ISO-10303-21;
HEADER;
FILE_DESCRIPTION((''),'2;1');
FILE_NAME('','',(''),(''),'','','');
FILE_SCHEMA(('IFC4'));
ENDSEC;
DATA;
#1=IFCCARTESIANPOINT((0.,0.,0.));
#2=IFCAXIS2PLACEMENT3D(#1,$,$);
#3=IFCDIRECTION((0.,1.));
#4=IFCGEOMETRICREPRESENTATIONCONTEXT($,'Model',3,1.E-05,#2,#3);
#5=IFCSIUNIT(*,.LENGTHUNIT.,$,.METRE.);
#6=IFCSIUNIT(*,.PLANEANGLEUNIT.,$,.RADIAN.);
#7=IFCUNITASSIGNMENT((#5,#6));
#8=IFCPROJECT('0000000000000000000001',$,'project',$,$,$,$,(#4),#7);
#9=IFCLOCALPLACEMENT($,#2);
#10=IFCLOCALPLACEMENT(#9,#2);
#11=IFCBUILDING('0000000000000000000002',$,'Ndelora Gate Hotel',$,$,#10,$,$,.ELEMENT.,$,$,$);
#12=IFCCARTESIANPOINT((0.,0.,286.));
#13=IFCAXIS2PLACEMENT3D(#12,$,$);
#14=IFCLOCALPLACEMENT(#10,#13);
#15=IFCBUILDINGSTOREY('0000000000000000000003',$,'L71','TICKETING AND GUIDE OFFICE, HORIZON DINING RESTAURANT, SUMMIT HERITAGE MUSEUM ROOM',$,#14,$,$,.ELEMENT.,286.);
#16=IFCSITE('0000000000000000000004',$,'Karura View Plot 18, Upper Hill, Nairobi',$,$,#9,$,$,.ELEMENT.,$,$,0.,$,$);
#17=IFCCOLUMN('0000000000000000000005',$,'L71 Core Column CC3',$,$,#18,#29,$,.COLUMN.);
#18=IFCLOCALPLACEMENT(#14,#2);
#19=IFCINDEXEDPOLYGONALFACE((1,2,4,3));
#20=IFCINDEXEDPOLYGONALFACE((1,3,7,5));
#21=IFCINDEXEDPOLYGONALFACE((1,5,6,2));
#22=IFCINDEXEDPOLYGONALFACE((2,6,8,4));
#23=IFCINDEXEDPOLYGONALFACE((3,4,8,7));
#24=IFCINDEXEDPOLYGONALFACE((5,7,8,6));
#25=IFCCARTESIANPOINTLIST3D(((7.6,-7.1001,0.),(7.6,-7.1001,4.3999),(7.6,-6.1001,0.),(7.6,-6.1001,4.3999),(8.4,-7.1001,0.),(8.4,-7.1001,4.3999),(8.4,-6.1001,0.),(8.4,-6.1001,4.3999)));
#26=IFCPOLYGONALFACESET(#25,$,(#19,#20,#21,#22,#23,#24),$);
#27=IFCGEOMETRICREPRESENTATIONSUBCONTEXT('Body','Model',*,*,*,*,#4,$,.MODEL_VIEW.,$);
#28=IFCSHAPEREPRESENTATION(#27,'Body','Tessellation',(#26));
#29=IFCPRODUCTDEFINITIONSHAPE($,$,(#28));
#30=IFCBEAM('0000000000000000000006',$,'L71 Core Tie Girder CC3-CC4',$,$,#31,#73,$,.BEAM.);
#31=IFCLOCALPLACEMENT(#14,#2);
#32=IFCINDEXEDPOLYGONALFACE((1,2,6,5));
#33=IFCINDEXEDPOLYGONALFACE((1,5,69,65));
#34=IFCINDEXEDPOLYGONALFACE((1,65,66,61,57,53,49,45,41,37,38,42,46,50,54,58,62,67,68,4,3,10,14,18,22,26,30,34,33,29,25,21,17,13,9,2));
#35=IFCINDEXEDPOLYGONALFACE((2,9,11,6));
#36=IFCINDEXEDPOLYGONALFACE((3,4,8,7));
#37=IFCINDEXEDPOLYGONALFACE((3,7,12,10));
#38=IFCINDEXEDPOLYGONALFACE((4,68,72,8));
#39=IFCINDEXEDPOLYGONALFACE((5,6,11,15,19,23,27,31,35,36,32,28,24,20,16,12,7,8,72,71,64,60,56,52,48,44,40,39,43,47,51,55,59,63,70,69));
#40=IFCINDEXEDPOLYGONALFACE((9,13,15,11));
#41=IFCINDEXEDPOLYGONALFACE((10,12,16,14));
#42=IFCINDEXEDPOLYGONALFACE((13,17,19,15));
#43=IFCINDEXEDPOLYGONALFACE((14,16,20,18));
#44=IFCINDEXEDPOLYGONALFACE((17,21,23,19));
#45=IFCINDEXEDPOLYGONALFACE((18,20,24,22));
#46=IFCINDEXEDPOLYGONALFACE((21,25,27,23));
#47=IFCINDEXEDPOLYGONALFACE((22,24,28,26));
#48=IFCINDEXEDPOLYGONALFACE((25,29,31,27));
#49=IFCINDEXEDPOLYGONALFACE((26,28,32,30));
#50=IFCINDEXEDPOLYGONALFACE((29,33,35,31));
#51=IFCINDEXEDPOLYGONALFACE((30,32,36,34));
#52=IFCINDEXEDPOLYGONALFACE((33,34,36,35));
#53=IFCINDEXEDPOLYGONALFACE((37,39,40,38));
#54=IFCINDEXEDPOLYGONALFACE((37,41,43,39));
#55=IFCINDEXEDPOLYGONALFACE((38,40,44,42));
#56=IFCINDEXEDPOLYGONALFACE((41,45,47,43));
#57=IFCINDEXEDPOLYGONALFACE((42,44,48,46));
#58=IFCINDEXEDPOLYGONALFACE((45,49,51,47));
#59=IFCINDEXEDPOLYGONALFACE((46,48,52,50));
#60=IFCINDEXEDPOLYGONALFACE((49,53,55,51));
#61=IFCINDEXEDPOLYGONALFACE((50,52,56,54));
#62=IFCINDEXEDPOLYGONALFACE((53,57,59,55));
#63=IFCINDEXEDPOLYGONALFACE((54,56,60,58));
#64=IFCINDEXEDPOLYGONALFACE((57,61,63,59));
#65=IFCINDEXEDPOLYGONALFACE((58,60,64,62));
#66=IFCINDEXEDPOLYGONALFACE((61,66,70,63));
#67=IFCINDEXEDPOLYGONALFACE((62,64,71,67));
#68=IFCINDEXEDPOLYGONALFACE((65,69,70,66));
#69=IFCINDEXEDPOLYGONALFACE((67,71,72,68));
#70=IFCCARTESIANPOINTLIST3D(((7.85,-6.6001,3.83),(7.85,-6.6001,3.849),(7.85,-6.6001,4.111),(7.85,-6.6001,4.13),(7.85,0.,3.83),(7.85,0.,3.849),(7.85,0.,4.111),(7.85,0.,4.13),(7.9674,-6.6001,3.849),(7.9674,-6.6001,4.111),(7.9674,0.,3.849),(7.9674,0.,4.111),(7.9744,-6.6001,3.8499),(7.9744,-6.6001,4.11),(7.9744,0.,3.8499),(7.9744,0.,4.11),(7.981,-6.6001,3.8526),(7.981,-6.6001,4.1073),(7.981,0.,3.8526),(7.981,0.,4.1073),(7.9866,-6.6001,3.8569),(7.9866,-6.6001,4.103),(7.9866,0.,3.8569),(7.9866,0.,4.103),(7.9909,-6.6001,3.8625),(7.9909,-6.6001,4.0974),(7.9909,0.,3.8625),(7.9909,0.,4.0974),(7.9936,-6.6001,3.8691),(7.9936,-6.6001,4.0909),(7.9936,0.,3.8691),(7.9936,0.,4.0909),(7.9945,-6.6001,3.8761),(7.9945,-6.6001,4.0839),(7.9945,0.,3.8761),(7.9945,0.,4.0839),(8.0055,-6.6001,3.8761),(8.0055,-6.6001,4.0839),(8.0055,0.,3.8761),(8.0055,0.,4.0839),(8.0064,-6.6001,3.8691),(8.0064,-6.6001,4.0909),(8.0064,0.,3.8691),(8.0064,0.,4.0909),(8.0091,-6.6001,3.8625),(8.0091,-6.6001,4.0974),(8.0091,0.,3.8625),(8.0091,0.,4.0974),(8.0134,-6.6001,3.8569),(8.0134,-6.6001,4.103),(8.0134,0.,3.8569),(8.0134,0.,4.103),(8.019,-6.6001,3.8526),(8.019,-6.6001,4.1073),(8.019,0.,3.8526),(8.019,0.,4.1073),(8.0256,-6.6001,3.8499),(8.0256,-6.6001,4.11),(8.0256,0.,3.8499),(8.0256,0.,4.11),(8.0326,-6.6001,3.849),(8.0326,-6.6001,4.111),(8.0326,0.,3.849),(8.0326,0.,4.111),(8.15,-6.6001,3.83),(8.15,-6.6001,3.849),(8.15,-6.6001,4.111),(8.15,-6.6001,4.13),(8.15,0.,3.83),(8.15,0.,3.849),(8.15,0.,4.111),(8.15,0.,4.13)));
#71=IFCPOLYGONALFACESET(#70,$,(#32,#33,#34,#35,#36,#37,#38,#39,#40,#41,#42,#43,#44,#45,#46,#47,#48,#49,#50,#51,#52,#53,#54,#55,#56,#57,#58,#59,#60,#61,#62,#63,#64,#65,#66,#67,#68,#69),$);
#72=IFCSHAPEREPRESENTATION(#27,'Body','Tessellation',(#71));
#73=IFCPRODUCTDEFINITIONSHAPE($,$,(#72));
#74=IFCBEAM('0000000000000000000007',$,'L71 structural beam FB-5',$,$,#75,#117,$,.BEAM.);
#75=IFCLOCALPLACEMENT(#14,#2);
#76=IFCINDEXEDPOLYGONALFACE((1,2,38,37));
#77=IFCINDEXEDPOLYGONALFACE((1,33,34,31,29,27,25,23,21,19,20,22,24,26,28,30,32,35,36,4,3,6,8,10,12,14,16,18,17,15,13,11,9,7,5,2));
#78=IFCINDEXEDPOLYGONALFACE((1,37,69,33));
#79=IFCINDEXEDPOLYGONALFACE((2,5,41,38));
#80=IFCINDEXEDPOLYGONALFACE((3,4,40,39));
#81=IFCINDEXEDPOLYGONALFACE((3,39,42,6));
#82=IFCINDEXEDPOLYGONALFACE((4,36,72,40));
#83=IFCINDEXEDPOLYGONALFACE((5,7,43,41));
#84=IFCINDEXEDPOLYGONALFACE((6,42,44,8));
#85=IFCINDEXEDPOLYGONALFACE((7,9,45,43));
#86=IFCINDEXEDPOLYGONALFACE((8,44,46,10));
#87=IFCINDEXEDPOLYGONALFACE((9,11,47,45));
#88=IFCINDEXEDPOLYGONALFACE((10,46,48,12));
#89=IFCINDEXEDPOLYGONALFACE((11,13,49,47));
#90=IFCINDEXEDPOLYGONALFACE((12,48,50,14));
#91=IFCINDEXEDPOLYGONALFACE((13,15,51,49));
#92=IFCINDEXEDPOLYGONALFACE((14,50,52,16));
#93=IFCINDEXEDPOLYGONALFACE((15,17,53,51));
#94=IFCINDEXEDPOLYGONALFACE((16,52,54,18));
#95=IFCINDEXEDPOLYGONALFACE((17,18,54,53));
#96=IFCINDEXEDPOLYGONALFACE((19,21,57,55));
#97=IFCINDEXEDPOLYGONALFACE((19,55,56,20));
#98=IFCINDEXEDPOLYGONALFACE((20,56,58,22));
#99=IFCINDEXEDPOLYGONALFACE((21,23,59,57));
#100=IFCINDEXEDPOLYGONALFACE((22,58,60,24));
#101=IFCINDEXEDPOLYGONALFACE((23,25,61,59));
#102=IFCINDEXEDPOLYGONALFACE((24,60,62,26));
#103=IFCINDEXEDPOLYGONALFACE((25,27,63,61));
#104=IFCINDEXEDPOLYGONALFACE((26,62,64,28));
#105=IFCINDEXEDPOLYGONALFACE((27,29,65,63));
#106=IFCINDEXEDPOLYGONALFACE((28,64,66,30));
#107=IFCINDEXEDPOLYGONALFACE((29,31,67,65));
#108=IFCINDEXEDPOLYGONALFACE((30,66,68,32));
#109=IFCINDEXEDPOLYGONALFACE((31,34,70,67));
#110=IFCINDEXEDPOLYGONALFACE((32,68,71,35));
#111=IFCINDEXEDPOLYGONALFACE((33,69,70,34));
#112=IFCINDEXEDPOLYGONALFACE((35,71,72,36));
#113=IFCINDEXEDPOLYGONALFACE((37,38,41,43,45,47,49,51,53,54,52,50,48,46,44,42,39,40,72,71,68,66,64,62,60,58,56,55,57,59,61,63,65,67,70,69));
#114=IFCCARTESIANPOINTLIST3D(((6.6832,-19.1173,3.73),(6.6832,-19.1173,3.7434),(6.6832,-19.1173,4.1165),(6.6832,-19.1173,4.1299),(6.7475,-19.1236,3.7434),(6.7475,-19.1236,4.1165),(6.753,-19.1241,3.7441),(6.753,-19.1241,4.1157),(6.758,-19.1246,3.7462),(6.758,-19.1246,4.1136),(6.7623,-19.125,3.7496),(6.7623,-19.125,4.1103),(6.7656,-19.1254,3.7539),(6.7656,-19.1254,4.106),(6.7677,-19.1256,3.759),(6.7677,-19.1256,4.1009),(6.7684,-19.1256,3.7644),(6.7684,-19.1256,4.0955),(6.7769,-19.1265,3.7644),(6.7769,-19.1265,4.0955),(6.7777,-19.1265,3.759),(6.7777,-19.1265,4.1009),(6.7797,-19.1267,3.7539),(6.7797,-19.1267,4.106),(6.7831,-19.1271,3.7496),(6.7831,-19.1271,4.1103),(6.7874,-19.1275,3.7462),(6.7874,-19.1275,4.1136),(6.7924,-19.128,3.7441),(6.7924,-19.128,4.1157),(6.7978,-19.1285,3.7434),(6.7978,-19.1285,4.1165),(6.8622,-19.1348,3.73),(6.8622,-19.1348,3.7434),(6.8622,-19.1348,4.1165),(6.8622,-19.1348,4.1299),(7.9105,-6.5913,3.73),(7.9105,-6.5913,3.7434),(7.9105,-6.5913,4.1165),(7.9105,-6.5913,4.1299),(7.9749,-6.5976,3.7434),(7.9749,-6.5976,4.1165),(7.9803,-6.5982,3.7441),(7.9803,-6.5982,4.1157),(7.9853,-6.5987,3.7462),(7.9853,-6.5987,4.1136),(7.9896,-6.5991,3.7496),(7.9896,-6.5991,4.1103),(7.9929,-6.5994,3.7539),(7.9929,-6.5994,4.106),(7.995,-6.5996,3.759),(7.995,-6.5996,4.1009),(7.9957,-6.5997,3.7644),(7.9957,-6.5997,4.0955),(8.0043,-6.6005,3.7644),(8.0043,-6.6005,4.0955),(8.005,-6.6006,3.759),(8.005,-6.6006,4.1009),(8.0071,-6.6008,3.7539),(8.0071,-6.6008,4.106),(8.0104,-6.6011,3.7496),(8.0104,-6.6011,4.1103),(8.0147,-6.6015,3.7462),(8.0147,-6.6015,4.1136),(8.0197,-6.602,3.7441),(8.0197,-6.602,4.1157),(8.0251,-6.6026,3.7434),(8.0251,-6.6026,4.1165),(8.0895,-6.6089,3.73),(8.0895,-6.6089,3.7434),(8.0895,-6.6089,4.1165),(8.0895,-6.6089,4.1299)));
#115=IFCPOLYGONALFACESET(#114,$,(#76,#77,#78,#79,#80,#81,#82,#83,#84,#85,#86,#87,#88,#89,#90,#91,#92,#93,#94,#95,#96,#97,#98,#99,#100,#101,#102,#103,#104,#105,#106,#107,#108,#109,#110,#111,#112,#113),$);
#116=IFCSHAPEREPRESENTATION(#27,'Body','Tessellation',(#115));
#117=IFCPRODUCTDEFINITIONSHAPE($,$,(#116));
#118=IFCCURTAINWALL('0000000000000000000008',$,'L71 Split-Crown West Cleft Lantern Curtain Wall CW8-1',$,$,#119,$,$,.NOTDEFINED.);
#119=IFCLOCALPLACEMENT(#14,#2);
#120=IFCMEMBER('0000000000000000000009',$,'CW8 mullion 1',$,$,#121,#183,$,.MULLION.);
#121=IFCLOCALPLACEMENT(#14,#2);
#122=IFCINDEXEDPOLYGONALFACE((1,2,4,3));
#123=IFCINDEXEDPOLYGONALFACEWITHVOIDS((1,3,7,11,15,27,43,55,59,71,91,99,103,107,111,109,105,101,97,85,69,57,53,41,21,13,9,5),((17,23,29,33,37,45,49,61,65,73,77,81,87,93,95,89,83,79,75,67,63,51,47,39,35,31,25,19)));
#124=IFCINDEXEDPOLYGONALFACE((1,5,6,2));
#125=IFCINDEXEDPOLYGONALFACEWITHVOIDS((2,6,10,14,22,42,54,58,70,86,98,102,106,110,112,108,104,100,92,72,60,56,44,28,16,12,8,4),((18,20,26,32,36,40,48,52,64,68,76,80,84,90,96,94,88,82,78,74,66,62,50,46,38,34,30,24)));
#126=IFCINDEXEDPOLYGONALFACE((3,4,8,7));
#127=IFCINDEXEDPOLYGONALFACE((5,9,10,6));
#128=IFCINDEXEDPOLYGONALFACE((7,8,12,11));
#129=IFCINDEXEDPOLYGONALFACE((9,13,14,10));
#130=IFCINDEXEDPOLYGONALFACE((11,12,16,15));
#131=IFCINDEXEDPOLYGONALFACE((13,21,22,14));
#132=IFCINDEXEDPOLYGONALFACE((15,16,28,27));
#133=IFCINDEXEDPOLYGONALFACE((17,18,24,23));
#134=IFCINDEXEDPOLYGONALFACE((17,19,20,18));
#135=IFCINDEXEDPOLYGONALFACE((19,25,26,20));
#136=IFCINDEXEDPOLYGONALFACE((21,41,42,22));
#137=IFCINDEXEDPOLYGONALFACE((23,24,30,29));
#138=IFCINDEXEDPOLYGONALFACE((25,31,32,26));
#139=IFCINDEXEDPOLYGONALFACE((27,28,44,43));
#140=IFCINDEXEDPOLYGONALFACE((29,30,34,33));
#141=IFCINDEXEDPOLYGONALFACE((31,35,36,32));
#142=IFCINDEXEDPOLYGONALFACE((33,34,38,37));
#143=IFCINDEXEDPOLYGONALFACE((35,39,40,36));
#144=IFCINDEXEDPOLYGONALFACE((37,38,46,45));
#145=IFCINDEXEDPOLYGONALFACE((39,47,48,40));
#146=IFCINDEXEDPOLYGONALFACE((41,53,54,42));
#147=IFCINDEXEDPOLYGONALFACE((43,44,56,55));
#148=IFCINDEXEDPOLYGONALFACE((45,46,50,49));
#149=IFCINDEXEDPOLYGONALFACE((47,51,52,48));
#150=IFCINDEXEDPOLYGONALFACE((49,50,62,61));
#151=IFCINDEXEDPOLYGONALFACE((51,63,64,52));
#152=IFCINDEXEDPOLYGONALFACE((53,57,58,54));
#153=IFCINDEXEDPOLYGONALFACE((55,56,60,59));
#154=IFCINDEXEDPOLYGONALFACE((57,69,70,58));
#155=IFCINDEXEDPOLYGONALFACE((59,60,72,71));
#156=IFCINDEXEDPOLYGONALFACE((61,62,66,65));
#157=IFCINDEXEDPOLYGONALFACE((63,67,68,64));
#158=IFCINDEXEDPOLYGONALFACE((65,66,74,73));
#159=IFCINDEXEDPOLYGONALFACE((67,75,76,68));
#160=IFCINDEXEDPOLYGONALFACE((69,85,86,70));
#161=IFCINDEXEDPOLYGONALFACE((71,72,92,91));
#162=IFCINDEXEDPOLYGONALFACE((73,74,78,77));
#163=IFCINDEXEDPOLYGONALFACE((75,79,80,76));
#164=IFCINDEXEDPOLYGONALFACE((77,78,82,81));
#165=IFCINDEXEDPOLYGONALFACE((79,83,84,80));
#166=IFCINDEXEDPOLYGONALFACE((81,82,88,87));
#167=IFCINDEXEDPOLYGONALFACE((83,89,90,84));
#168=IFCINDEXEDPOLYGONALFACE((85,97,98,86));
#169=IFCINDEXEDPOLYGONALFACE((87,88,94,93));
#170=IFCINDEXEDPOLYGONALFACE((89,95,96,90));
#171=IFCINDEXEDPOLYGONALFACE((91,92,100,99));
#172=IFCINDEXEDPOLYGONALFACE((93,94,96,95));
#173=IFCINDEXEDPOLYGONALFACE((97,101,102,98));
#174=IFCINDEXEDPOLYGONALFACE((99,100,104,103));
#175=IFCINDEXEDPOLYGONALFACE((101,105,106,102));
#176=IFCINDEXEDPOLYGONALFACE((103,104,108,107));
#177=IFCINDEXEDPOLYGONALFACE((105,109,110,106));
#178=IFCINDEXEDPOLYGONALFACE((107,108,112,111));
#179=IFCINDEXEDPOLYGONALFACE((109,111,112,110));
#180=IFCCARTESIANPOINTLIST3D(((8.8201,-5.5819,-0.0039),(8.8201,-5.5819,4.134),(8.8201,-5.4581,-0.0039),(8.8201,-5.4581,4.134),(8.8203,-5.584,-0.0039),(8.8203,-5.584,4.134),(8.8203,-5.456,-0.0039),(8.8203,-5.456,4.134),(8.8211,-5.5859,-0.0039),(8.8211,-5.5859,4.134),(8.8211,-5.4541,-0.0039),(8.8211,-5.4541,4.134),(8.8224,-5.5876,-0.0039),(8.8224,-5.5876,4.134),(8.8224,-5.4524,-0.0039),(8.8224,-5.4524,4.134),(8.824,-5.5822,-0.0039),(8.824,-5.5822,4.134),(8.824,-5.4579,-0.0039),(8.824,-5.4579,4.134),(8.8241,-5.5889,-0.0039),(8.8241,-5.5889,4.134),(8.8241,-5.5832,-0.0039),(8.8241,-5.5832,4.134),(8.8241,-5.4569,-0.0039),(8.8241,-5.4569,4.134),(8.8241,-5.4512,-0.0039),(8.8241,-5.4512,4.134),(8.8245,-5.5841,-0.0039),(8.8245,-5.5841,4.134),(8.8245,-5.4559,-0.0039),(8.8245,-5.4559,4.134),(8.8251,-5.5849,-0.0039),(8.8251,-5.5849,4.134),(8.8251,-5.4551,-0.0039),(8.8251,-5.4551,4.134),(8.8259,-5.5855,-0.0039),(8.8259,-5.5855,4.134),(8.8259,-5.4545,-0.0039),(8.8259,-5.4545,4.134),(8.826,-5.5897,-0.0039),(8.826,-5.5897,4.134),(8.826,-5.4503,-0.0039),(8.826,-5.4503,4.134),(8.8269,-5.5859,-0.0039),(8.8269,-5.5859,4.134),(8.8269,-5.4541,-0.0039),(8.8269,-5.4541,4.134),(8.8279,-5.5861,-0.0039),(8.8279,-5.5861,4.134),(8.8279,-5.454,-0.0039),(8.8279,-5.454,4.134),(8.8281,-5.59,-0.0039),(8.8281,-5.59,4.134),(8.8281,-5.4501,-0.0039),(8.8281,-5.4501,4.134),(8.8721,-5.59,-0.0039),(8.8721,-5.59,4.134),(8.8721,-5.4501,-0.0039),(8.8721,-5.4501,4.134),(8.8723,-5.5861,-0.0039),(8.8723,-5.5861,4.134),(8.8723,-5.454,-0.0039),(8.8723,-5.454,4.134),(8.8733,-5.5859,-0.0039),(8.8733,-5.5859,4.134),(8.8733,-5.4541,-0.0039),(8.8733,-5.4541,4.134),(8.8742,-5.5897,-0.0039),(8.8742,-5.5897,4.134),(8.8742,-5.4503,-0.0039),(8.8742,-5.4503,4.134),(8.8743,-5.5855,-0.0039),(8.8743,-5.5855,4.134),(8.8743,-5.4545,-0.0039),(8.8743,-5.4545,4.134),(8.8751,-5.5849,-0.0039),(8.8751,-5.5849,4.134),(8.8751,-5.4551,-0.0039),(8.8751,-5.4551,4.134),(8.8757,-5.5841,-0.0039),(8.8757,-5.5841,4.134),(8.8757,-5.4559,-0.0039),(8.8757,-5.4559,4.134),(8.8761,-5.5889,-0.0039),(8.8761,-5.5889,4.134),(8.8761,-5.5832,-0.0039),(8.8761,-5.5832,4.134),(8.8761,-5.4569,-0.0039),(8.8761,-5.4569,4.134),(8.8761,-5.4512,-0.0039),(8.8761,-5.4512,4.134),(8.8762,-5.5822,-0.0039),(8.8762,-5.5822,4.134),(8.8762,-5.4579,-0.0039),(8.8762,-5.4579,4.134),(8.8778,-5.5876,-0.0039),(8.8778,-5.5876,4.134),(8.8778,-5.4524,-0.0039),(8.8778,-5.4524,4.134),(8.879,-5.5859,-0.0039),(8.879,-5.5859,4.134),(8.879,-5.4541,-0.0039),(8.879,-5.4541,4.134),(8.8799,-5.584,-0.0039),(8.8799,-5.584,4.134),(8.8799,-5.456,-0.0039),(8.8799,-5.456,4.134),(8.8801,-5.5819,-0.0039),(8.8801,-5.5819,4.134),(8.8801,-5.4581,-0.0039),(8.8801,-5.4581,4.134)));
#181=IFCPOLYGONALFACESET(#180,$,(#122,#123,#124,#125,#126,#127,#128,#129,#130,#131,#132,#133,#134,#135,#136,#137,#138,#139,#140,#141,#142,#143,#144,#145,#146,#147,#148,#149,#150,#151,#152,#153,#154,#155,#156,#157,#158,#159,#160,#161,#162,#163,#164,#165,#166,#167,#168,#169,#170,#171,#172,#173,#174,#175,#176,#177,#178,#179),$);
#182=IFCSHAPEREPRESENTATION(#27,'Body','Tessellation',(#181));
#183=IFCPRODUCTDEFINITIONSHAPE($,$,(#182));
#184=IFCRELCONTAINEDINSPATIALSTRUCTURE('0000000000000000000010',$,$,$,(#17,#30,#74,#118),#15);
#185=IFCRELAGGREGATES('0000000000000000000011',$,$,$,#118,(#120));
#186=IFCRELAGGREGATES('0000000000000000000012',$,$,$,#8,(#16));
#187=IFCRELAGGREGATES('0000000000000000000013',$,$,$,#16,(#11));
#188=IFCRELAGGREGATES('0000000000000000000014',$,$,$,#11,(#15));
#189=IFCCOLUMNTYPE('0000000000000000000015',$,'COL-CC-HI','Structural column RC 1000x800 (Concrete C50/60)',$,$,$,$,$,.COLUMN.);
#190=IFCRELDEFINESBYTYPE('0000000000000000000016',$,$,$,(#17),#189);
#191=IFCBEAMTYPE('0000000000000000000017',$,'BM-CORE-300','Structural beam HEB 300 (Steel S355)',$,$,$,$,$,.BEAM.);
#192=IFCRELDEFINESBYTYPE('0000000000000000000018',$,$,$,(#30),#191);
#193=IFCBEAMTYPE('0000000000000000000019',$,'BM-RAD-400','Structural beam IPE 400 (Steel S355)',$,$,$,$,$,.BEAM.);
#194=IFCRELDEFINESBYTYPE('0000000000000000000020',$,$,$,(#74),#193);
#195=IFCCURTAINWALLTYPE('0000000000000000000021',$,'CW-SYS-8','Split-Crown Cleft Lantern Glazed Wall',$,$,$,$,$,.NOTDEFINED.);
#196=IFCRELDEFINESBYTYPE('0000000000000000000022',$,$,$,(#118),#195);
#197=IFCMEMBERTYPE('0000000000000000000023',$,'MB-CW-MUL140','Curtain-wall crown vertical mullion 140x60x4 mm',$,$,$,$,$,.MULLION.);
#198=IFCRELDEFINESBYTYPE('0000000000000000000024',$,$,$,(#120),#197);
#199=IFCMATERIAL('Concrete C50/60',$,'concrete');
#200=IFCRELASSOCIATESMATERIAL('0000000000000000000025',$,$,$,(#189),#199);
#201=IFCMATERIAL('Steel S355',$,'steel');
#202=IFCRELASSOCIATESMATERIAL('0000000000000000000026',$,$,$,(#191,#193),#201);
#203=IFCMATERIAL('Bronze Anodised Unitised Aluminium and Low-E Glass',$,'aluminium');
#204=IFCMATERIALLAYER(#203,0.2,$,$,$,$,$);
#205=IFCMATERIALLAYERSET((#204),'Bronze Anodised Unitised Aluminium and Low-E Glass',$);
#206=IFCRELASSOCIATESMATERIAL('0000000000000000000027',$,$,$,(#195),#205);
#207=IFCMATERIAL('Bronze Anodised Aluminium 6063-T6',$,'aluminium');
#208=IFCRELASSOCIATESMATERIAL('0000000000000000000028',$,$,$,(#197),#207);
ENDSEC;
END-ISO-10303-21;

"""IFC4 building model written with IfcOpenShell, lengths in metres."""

from ifc_helpers import new_model, si_unit, direction, frame, origin, origin_2d, place, context, subcontext, project, spatial, rectangle, hollow_rectangle, i_section, extrude, material, layer, layer_set, material_profile, profile_set, type_object, element, aggregate, save


model = new_model("IFC4")

# Units and contexts
model_context = context("Model", 3, precision=1e-05, world=origin(), true_north=direction((0.0, 1.0)))
body_context = subcontext(model_context, "Body", "Model", "MODEL_VIEW")
ifc_project = project(units=[si_unit("LENGTHUNIT", "METRE"), si_unit("PLANEANGLEUNIT", "RADIAN")], contexts=[model_context])

# Site, building, storey
site_placement = place(None, origin())
site = spatial("IfcSite", under=ifc_project, at=site_placement, Name="Karura View Plot 18, Upper Hill, Nairobi", CompositionType="ELEMENT", RefElevation=0.0)
building_placement = place(site_placement, origin())
building = spatial("IfcBuilding", under=site, at=building_placement, Name="Ndelora Gate Hotel", CompositionType="ELEMENT")
storey_placement = place(building_placement, frame((0.0, 0.0, 286.0)))
storey = spatial("IfcBuildingStorey", under=building, at=storey_placement, Name="L71", Description="TICKETING AND GUIDE OFFICE, HORIZON DINING RESTAURANT, SUMMIT HERITAGE MUSEUM ROOM", CompositionType="ELEMENT", Elevation=286.0)

# Column
ifc_material_1 = material(Name="Concrete C50/60", Category="concrete")
ifc_material_profile_1 = material_profile(ifc_material_1, rectangle(XDim=0.8, YDim=1.0, at=origin_2d()), Name="RC 1000x800")
ifc_profile_set_1 = profile_set([ifc_material_profile_1], Name="Concrete C50/60")
column_type = type_object("IfcColumnType", Name="COL-CC-HI", Description="Structural column RC 1000x800 (Concrete C50/60)", PredefinedType="COLUMN", material=ifc_profile_set_1)
column_placement = place(storey_placement, frame((8.0, -6.6001, 0.0), z_axis=(0.0, 0.0, 1.0), x_axis=(1.0, 0.0, 0.0)))
element("IfcColumn", 1, at=column_placement, inside=storey, type_object=column_type, Name="L71 Core Column CC3", PredefinedType="COLUMN", context=body_context, shape_type="SweptSolid", body=[
    extrude(rectangle(XDim=0.8, YDim=1.0, at=origin_2d()), origin(), (0.0, 0.0, 1.0), 4.3999),
])

# Beams
ifc_material_2 = material(Name="Steel S355", Category="steel")
ifc_material_profile_2 = material_profile(ifc_material_2, i_section(OverallWidth=0.3, OverallDepth=0.3, WebThickness=0.011, FlangeThickness=0.019, FilletRadius=0.0271, at=origin_2d()), Name="HEB 300")
ifc_profile_set_2 = profile_set([ifc_material_profile_2], Name="Steel S355")
beam_type_1 = type_object("IfcBeamType", Name="BM-CORE-300", Description="Structural beam HEB 300 (Steel S355)", PredefinedType="BEAM", material=ifc_profile_set_2)
beam_1_placement = place(storey_placement, frame((8.0, -6.6001, 3.98), z_axis=(0.0, 1.0, 0.0), x_axis=(-1.0, 0.0, 0.0)))
element("IfcBeam", 2, at=beam_1_placement, inside=storey, type_object=beam_type_1, Name="L71 Core Tie Girder CC3-CC4", PredefinedType="BEAM", context=body_context, shape_type="SweptSolid", body=[
    extrude(i_section(OverallWidth=0.3, OverallDepth=0.3, WebThickness=0.011, FlangeThickness=0.019, FilletRadius=0.0271, at=origin_2d()), origin(), (0.0, 0.0, 1.0), 6.6001),
])
ifc_material_profile_3 = material_profile(ifc_material_2, i_section(OverallWidth=0.1799, OverallDepth=0.3999, WebThickness=0.0085, FlangeThickness=0.0134, FilletRadius=0.021, at=origin_2d()), Name="IPE 400")
ifc_profile_set_3 = profile_set([ifc_material_profile_3], Name="Steel S355")
beam_type_2 = type_object("IfcBeamType", Name="BM-RAD-400", Description="Structural beam IPE 400 (Steel S355)", PredefinedType="BEAM", material=ifc_profile_set_3)
beam_2_placement = place(storey_placement, frame((8.0, -6.6001, 3.9299), z_axis=(-0.097514, -0.995234, 0.0), x_axis=(0.995234, -0.097514, 0.0)))
element("IfcBeam", 3, at=beam_2_placement, inside=storey, type_object=beam_type_2, Name="L71 structural beam FB-5", PredefinedType="BEAM", context=body_context, shape_type="SweptSolid", body=[
    extrude(i_section(OverallWidth=0.1799, OverallDepth=0.3999, WebThickness=0.0085, FlangeThickness=0.0134, FilletRadius=0.021, at=origin_2d()), origin(), (0.0, 0.0, 1.0), 12.5859),
])

# Curtain wall, member
ifc_material_3 = material(Name="Bronze Anodised Unitised Aluminium and Low-E Glass", Category="aluminium")
ifc_layer_1 = layer(ifc_material_3, 0.2)
ifc_layer_set_1 = layer_set([ifc_layer_1], Name="Bronze Anodised Unitised Aluminium and Low-E Glass")
curtain_wall_type = type_object("IfcCurtainWallType", Name="CW-SYS-8", Description="Split-Crown Cleft Lantern Glazed Wall", PredefinedType="NOTDEFINED", material=ifc_layer_set_1)
curtain_wall_placement = place(storey_placement, origin())
curtain_wall = element("IfcCurtainWall", 4, at=curtain_wall_placement, inside=storey, type_object=curtain_wall_type, Name="L71 Split-Crown West Cleft Lantern Curtain Wall CW8-1", PredefinedType="NOTDEFINED")
ifc_material_4 = material(Name="Bronze Anodised Aluminium 6063-T6", Category="aluminium")
ifc_material_profile_4 = material_profile(ifc_material_4, hollow_rectangle(XDim=0.0601, YDim=0.1399, WallThickness=0.0039, InnerFilletRadius=0.0039, OuterFilletRadius=0.0081, at=origin_2d()), Name="ALU 140x60x4")
ifc_profile_set_4 = profile_set([ifc_material_profile_4], Name="Bronze Anodised Aluminium 6063-T6")
member_type_1 = type_object("IfcMemberType", Name="MB-CW-MUL140", Description="Curtain-wall crown vertical mullion 140x60x4 mm", PredefinedType="MULLION", material=ifc_profile_set_4)
member_1_placement = place(storey_placement, frame((8.8501, -5.52, -0.0039), z_axis=(0.0, 0.0, 1.0), x_axis=(-1.0, 0.0, 0.0)))
member_1 = element("IfcMember", 5, at=member_1_placement, type_object=member_type_1, Name="CW8 mullion 1", PredefinedType="MULLION", context=body_context, shape_type="SweptSolid", body=[
    extrude(hollow_rectangle(XDim=0.0601, YDim=0.1399, WallThickness=0.0039, InnerFilletRadius=0.0039, OuterFilletRadius=0.0081, at=origin_2d()), origin(), (0.0, 0.0, 1.0), 4.1379),
])
aggregate(curtain_wall, [member_1])

save(model, "model.ifc")
